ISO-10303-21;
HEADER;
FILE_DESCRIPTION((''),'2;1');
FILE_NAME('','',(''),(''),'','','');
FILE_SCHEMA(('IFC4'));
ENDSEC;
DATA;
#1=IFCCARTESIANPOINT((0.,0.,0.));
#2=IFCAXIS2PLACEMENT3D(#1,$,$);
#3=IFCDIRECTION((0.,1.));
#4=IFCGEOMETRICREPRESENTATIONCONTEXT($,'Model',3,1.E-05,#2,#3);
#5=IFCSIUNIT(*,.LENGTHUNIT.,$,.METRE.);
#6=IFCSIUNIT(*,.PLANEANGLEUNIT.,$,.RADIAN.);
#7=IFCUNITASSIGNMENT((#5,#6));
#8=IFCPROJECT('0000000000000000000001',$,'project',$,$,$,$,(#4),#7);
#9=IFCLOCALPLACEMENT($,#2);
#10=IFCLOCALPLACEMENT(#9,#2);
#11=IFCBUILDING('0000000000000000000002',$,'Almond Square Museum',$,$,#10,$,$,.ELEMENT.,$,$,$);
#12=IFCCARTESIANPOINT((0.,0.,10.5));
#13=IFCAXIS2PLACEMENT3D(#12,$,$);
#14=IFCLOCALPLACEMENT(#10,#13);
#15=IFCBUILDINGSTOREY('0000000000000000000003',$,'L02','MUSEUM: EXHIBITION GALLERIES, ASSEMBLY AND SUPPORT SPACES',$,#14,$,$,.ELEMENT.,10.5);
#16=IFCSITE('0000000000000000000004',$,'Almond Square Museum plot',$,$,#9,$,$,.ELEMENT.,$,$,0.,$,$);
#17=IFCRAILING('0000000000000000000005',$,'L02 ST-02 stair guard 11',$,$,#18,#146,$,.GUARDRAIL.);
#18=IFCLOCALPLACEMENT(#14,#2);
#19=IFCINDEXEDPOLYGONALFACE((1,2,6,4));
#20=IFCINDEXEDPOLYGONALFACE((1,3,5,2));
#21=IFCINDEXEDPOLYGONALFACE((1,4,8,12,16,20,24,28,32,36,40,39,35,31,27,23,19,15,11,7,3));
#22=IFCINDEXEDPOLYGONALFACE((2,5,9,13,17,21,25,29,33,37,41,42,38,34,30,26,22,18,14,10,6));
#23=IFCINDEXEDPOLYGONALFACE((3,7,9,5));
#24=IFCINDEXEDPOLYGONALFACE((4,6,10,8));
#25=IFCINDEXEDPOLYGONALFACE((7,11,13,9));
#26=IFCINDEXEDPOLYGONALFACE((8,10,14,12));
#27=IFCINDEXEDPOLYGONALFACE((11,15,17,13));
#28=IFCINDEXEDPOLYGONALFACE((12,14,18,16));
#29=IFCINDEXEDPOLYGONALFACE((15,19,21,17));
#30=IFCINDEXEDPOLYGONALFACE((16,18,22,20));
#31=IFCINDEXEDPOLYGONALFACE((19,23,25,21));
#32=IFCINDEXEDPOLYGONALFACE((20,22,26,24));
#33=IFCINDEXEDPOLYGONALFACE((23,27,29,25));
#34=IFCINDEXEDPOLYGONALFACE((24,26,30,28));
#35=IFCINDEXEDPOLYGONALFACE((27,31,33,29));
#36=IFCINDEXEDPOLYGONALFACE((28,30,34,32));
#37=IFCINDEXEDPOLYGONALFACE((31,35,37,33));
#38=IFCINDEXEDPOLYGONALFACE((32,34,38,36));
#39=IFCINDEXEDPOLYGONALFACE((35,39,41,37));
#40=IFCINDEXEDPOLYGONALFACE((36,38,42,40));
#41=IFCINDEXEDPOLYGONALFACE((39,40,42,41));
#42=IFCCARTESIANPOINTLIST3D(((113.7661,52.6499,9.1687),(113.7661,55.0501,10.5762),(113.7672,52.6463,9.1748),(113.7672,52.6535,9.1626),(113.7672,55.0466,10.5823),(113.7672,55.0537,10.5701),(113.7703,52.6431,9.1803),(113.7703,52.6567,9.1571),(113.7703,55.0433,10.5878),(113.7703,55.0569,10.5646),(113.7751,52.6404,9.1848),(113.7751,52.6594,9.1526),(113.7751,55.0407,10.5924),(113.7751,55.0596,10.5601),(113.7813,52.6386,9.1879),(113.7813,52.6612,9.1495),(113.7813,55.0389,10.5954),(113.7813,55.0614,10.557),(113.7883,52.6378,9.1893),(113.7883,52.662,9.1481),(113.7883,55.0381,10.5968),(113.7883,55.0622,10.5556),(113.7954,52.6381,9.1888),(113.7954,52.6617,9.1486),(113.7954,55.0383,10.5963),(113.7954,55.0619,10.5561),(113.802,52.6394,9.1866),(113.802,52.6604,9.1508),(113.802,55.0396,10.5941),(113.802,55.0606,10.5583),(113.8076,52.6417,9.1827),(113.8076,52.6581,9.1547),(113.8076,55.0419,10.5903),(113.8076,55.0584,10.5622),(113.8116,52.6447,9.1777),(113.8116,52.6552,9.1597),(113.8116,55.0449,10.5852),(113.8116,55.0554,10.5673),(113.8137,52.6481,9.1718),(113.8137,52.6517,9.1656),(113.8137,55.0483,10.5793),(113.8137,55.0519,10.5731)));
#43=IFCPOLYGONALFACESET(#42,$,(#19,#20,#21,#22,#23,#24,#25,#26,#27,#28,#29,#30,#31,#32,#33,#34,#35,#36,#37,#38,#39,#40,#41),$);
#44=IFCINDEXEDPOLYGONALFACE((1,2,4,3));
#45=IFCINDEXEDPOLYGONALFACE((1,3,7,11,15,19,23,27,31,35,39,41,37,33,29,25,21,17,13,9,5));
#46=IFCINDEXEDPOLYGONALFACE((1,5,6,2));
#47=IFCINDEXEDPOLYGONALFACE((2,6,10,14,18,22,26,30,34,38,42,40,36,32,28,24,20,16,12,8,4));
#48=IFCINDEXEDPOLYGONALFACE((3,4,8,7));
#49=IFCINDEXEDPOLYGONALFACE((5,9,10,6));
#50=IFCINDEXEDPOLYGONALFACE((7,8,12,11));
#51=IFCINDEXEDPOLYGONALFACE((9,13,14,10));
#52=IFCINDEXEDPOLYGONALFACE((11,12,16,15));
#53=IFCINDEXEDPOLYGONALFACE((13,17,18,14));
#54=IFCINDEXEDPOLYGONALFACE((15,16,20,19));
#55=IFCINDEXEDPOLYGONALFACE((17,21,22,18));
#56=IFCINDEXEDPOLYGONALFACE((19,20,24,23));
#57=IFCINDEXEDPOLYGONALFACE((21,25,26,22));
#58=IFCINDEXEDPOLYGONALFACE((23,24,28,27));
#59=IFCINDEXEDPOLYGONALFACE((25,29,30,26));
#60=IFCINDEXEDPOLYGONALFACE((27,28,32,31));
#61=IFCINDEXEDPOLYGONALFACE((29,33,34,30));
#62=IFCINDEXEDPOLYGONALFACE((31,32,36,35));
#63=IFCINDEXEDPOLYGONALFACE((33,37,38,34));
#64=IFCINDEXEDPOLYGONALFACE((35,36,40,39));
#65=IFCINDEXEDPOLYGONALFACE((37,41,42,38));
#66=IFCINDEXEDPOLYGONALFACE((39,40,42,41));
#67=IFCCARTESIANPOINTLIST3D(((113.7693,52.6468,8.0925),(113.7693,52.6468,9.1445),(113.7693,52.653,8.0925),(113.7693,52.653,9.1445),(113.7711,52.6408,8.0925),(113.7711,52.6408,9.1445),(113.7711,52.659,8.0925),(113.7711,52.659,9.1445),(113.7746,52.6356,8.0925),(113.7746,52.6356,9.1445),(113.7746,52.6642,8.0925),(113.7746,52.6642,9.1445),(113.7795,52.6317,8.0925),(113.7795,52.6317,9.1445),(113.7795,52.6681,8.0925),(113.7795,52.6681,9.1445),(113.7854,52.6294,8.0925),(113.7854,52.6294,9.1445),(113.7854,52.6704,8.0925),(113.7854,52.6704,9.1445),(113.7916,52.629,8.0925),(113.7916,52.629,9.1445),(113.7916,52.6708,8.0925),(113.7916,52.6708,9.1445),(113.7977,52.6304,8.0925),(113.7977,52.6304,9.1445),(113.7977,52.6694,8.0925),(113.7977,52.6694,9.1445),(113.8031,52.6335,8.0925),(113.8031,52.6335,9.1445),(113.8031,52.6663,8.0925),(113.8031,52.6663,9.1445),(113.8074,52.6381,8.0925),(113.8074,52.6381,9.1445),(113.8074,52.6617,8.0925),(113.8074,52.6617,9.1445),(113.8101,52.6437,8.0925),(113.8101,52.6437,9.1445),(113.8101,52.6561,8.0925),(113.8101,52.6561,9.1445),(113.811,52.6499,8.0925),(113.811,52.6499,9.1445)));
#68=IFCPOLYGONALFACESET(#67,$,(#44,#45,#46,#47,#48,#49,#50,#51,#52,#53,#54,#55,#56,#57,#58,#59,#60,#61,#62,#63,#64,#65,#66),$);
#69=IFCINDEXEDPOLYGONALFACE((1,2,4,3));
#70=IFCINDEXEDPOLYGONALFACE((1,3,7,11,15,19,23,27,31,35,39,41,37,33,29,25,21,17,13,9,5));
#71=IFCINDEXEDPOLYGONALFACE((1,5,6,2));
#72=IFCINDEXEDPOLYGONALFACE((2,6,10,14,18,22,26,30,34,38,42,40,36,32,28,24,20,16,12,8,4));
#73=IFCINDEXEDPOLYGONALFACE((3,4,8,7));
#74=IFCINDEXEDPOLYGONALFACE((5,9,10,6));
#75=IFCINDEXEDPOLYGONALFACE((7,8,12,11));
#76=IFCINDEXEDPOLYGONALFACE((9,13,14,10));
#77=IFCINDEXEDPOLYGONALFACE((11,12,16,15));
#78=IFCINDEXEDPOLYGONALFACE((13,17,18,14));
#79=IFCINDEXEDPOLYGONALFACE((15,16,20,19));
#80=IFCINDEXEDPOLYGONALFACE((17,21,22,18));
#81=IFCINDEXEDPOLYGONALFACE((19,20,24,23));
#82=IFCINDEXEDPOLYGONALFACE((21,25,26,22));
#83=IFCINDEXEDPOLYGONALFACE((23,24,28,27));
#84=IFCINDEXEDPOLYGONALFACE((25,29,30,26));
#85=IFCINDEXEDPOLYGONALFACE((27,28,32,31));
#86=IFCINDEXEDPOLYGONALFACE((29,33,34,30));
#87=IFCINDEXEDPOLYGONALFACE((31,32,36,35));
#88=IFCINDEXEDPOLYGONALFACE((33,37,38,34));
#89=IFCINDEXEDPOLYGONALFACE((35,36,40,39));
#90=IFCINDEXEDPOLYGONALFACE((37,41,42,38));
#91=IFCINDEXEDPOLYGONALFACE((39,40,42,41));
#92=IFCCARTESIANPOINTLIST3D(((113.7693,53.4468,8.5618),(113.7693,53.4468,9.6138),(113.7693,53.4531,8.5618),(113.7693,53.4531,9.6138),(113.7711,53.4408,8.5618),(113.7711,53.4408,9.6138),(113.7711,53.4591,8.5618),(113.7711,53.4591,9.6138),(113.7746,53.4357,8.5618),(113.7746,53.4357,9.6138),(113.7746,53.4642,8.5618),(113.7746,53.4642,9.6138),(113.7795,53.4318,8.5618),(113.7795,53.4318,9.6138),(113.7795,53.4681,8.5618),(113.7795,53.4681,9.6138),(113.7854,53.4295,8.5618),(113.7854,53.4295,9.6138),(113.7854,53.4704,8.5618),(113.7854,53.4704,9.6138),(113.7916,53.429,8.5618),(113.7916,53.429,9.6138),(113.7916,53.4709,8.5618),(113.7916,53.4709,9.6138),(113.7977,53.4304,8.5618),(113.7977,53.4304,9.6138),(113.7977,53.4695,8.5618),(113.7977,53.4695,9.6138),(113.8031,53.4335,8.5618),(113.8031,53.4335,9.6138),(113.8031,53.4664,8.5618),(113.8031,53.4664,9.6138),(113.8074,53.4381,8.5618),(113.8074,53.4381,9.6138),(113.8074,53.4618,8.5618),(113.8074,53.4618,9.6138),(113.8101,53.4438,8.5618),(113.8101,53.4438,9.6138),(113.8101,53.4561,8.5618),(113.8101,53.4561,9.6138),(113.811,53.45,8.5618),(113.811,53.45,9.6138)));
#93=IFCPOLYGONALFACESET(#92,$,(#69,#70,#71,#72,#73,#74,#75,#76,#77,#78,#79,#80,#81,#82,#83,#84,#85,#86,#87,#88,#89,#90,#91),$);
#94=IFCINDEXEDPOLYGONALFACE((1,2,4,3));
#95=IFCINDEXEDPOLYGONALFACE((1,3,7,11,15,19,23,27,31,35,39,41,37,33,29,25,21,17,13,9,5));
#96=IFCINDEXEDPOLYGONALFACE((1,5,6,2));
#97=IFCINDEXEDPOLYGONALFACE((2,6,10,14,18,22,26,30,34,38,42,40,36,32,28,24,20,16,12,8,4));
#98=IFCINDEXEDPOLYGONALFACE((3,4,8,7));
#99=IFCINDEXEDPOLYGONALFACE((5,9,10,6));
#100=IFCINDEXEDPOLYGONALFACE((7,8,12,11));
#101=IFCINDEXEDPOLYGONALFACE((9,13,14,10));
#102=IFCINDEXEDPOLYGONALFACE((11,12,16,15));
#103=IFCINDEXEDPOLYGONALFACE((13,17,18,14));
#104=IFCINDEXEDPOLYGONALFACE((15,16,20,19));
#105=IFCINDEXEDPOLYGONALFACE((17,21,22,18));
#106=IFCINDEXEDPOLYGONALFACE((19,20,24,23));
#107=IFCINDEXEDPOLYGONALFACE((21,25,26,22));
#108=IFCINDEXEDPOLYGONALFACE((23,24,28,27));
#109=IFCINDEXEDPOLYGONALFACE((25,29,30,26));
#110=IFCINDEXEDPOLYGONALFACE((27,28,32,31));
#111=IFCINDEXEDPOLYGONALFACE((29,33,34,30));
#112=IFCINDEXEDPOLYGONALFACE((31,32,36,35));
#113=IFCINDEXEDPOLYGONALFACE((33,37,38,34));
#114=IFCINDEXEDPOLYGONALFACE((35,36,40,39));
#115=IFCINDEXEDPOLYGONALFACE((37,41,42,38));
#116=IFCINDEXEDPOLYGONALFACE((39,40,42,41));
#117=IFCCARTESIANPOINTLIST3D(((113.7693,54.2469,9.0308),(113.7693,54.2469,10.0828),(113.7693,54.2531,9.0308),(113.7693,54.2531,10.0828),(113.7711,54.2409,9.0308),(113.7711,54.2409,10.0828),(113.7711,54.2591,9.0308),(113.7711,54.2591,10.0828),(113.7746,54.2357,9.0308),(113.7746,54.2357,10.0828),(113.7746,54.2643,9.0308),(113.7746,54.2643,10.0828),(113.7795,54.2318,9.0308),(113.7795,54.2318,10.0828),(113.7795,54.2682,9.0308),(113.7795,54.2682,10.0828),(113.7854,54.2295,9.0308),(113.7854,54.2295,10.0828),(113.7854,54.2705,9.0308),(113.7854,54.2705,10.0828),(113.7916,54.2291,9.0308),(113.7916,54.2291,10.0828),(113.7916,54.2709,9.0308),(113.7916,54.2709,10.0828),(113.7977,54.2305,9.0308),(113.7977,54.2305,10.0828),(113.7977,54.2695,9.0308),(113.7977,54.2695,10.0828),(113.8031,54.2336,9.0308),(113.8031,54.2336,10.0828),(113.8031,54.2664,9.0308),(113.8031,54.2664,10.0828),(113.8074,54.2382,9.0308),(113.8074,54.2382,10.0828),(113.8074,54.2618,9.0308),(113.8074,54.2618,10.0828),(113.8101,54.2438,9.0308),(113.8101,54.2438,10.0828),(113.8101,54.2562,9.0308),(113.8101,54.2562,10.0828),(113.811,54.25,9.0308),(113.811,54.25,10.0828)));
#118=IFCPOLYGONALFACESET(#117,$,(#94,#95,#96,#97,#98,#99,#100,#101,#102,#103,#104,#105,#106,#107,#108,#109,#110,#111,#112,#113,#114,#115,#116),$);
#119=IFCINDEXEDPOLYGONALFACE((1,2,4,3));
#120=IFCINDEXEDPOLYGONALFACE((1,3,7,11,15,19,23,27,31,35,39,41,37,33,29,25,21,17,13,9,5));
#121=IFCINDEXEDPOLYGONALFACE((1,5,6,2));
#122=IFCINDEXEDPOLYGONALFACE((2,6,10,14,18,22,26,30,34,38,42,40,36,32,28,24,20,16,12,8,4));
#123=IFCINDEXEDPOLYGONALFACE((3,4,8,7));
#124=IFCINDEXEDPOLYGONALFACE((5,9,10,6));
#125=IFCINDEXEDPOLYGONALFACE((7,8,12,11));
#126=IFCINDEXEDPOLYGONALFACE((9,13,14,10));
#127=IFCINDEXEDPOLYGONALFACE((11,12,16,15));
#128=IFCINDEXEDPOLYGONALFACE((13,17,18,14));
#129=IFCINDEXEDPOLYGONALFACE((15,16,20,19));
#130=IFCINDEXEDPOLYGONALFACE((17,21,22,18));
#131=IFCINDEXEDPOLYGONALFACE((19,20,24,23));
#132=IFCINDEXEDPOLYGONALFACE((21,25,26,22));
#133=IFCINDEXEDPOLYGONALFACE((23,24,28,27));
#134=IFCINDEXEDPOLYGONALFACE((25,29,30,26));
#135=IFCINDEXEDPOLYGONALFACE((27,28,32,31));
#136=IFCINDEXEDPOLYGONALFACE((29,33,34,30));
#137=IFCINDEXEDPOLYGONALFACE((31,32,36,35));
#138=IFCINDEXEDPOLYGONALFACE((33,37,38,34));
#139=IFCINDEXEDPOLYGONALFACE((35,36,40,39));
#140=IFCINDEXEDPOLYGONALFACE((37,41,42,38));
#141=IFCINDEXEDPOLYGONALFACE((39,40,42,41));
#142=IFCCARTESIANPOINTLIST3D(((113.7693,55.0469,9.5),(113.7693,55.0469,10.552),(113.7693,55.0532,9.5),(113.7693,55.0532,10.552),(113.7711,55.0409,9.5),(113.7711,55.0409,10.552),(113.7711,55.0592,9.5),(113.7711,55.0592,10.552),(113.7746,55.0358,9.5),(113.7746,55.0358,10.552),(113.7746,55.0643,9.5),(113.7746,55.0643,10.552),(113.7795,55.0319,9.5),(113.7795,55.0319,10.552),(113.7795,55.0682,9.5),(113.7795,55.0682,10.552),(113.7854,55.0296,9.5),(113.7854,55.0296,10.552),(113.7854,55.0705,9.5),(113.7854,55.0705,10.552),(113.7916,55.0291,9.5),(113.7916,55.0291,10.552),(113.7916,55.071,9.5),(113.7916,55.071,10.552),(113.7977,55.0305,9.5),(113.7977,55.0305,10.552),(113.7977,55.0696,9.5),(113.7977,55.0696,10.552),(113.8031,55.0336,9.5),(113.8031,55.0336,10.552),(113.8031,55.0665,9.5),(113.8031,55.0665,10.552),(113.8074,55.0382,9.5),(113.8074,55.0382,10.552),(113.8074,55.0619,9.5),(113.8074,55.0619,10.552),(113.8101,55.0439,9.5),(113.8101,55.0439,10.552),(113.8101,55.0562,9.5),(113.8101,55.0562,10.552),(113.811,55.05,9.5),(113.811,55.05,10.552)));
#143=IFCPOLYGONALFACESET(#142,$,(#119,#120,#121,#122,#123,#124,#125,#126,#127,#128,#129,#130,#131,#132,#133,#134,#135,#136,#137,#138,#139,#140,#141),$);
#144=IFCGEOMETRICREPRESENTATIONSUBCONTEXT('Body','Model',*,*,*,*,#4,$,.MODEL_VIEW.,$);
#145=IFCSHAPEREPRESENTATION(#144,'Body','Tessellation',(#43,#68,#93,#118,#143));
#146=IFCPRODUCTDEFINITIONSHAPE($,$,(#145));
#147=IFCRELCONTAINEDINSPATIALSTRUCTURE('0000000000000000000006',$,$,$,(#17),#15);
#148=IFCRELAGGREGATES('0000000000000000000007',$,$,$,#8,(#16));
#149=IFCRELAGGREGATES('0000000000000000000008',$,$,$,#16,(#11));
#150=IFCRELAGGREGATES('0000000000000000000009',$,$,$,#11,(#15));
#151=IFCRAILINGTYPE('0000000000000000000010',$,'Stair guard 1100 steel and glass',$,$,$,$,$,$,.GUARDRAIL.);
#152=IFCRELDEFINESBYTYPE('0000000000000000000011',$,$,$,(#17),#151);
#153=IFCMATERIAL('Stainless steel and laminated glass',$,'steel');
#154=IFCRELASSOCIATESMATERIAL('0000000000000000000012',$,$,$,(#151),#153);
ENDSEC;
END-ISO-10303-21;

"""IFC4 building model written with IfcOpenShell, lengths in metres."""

from ifc_helpers import new_model, si_unit, direction, frame, origin, origin_2d, place, context, subcontext, project, spatial, circle, extrude, material, type_object, element, save


model = new_model("IFC4")

# Units and contexts
model_context = context("Model", 3, precision=1e-05, world=origin(), true_north=direction((0.0, 1.0)))
body_context = subcontext(model_context, "Body", "Model", "MODEL_VIEW")
ifc_project = project(units=[si_unit("LENGTHUNIT", "METRE"), si_unit("PLANEANGLEUNIT", "RADIAN")], contexts=[model_context])

# Site, building, storey
site_placement = place(None, origin())
site = spatial("IfcSite", under=ifc_project, at=site_placement, Name="Almond Square Museum plot", CompositionType="ELEMENT", RefElevation=0.0)
building_placement = place(site_placement, origin())
building = spatial("IfcBuilding", under=site, at=building_placement, Name="Almond Square Museum", CompositionType="ELEMENT")
storey_placement = place(building_placement, frame((0.0, 0.0, 10.5)))
storey = spatial("IfcBuildingStorey", under=building, at=storey_placement, Name="L02", Description="MUSEUM: EXHIBITION GALLERIES, ASSEMBLY AND SUPPORT SPACES", CompositionType="ELEMENT", Elevation=10.5)

# Railing
ifc_material_1 = material(Name="Stainless steel and laminated glass", Category="steel")
railing_type_1 = type_object("IfcRailingType", Name="Stair guard 1100 steel and glass", PredefinedType="GUARDRAIL", material=ifc_material_1)
railing_1_placement = place(storey_placement, frame((113.79, 52.6499, 8.0925)))
element("IfcRailing", 1, at=railing_1_placement, inside=storey, type_object=railing_type_1, Name="L02 ST-02 stair guard 11", PredefinedType="GUARDRAIL", context=body_context, shape_type="SweptSolid", body=[
    extrude(circle(Radius=0.0239, at=origin_2d()), frame((0.0, 0.0, 1.0762), z_axis=(0.0, 0.862621, 0.50585), x_axis=(-1.0, 0.0, 0.0)), (0.0, 0.0, 1.0), 2.7825),
    extrude(circle(Radius=0.021, at=origin_2d()), origin(), (0.0, 0.0, 1.0), 1.052),
    extrude(circle(Radius=0.021, at=origin_2d()), frame((0.0, 0.8, 0.4692)), (0.0, 0.0, 1.0), 1.052),
    extrude(circle(Radius=0.021, at=origin_2d()), frame((0.0, 1.6001, 0.9382)), (0.0, 0.0, 1.0), 1.052),
    extrude(circle(Radius=0.021, at=origin_2d()), frame((0.0, 2.4001, 1.4075)), (0.0, 0.0, 1.0), 1.052),
])

save(model, "model.ifc")
